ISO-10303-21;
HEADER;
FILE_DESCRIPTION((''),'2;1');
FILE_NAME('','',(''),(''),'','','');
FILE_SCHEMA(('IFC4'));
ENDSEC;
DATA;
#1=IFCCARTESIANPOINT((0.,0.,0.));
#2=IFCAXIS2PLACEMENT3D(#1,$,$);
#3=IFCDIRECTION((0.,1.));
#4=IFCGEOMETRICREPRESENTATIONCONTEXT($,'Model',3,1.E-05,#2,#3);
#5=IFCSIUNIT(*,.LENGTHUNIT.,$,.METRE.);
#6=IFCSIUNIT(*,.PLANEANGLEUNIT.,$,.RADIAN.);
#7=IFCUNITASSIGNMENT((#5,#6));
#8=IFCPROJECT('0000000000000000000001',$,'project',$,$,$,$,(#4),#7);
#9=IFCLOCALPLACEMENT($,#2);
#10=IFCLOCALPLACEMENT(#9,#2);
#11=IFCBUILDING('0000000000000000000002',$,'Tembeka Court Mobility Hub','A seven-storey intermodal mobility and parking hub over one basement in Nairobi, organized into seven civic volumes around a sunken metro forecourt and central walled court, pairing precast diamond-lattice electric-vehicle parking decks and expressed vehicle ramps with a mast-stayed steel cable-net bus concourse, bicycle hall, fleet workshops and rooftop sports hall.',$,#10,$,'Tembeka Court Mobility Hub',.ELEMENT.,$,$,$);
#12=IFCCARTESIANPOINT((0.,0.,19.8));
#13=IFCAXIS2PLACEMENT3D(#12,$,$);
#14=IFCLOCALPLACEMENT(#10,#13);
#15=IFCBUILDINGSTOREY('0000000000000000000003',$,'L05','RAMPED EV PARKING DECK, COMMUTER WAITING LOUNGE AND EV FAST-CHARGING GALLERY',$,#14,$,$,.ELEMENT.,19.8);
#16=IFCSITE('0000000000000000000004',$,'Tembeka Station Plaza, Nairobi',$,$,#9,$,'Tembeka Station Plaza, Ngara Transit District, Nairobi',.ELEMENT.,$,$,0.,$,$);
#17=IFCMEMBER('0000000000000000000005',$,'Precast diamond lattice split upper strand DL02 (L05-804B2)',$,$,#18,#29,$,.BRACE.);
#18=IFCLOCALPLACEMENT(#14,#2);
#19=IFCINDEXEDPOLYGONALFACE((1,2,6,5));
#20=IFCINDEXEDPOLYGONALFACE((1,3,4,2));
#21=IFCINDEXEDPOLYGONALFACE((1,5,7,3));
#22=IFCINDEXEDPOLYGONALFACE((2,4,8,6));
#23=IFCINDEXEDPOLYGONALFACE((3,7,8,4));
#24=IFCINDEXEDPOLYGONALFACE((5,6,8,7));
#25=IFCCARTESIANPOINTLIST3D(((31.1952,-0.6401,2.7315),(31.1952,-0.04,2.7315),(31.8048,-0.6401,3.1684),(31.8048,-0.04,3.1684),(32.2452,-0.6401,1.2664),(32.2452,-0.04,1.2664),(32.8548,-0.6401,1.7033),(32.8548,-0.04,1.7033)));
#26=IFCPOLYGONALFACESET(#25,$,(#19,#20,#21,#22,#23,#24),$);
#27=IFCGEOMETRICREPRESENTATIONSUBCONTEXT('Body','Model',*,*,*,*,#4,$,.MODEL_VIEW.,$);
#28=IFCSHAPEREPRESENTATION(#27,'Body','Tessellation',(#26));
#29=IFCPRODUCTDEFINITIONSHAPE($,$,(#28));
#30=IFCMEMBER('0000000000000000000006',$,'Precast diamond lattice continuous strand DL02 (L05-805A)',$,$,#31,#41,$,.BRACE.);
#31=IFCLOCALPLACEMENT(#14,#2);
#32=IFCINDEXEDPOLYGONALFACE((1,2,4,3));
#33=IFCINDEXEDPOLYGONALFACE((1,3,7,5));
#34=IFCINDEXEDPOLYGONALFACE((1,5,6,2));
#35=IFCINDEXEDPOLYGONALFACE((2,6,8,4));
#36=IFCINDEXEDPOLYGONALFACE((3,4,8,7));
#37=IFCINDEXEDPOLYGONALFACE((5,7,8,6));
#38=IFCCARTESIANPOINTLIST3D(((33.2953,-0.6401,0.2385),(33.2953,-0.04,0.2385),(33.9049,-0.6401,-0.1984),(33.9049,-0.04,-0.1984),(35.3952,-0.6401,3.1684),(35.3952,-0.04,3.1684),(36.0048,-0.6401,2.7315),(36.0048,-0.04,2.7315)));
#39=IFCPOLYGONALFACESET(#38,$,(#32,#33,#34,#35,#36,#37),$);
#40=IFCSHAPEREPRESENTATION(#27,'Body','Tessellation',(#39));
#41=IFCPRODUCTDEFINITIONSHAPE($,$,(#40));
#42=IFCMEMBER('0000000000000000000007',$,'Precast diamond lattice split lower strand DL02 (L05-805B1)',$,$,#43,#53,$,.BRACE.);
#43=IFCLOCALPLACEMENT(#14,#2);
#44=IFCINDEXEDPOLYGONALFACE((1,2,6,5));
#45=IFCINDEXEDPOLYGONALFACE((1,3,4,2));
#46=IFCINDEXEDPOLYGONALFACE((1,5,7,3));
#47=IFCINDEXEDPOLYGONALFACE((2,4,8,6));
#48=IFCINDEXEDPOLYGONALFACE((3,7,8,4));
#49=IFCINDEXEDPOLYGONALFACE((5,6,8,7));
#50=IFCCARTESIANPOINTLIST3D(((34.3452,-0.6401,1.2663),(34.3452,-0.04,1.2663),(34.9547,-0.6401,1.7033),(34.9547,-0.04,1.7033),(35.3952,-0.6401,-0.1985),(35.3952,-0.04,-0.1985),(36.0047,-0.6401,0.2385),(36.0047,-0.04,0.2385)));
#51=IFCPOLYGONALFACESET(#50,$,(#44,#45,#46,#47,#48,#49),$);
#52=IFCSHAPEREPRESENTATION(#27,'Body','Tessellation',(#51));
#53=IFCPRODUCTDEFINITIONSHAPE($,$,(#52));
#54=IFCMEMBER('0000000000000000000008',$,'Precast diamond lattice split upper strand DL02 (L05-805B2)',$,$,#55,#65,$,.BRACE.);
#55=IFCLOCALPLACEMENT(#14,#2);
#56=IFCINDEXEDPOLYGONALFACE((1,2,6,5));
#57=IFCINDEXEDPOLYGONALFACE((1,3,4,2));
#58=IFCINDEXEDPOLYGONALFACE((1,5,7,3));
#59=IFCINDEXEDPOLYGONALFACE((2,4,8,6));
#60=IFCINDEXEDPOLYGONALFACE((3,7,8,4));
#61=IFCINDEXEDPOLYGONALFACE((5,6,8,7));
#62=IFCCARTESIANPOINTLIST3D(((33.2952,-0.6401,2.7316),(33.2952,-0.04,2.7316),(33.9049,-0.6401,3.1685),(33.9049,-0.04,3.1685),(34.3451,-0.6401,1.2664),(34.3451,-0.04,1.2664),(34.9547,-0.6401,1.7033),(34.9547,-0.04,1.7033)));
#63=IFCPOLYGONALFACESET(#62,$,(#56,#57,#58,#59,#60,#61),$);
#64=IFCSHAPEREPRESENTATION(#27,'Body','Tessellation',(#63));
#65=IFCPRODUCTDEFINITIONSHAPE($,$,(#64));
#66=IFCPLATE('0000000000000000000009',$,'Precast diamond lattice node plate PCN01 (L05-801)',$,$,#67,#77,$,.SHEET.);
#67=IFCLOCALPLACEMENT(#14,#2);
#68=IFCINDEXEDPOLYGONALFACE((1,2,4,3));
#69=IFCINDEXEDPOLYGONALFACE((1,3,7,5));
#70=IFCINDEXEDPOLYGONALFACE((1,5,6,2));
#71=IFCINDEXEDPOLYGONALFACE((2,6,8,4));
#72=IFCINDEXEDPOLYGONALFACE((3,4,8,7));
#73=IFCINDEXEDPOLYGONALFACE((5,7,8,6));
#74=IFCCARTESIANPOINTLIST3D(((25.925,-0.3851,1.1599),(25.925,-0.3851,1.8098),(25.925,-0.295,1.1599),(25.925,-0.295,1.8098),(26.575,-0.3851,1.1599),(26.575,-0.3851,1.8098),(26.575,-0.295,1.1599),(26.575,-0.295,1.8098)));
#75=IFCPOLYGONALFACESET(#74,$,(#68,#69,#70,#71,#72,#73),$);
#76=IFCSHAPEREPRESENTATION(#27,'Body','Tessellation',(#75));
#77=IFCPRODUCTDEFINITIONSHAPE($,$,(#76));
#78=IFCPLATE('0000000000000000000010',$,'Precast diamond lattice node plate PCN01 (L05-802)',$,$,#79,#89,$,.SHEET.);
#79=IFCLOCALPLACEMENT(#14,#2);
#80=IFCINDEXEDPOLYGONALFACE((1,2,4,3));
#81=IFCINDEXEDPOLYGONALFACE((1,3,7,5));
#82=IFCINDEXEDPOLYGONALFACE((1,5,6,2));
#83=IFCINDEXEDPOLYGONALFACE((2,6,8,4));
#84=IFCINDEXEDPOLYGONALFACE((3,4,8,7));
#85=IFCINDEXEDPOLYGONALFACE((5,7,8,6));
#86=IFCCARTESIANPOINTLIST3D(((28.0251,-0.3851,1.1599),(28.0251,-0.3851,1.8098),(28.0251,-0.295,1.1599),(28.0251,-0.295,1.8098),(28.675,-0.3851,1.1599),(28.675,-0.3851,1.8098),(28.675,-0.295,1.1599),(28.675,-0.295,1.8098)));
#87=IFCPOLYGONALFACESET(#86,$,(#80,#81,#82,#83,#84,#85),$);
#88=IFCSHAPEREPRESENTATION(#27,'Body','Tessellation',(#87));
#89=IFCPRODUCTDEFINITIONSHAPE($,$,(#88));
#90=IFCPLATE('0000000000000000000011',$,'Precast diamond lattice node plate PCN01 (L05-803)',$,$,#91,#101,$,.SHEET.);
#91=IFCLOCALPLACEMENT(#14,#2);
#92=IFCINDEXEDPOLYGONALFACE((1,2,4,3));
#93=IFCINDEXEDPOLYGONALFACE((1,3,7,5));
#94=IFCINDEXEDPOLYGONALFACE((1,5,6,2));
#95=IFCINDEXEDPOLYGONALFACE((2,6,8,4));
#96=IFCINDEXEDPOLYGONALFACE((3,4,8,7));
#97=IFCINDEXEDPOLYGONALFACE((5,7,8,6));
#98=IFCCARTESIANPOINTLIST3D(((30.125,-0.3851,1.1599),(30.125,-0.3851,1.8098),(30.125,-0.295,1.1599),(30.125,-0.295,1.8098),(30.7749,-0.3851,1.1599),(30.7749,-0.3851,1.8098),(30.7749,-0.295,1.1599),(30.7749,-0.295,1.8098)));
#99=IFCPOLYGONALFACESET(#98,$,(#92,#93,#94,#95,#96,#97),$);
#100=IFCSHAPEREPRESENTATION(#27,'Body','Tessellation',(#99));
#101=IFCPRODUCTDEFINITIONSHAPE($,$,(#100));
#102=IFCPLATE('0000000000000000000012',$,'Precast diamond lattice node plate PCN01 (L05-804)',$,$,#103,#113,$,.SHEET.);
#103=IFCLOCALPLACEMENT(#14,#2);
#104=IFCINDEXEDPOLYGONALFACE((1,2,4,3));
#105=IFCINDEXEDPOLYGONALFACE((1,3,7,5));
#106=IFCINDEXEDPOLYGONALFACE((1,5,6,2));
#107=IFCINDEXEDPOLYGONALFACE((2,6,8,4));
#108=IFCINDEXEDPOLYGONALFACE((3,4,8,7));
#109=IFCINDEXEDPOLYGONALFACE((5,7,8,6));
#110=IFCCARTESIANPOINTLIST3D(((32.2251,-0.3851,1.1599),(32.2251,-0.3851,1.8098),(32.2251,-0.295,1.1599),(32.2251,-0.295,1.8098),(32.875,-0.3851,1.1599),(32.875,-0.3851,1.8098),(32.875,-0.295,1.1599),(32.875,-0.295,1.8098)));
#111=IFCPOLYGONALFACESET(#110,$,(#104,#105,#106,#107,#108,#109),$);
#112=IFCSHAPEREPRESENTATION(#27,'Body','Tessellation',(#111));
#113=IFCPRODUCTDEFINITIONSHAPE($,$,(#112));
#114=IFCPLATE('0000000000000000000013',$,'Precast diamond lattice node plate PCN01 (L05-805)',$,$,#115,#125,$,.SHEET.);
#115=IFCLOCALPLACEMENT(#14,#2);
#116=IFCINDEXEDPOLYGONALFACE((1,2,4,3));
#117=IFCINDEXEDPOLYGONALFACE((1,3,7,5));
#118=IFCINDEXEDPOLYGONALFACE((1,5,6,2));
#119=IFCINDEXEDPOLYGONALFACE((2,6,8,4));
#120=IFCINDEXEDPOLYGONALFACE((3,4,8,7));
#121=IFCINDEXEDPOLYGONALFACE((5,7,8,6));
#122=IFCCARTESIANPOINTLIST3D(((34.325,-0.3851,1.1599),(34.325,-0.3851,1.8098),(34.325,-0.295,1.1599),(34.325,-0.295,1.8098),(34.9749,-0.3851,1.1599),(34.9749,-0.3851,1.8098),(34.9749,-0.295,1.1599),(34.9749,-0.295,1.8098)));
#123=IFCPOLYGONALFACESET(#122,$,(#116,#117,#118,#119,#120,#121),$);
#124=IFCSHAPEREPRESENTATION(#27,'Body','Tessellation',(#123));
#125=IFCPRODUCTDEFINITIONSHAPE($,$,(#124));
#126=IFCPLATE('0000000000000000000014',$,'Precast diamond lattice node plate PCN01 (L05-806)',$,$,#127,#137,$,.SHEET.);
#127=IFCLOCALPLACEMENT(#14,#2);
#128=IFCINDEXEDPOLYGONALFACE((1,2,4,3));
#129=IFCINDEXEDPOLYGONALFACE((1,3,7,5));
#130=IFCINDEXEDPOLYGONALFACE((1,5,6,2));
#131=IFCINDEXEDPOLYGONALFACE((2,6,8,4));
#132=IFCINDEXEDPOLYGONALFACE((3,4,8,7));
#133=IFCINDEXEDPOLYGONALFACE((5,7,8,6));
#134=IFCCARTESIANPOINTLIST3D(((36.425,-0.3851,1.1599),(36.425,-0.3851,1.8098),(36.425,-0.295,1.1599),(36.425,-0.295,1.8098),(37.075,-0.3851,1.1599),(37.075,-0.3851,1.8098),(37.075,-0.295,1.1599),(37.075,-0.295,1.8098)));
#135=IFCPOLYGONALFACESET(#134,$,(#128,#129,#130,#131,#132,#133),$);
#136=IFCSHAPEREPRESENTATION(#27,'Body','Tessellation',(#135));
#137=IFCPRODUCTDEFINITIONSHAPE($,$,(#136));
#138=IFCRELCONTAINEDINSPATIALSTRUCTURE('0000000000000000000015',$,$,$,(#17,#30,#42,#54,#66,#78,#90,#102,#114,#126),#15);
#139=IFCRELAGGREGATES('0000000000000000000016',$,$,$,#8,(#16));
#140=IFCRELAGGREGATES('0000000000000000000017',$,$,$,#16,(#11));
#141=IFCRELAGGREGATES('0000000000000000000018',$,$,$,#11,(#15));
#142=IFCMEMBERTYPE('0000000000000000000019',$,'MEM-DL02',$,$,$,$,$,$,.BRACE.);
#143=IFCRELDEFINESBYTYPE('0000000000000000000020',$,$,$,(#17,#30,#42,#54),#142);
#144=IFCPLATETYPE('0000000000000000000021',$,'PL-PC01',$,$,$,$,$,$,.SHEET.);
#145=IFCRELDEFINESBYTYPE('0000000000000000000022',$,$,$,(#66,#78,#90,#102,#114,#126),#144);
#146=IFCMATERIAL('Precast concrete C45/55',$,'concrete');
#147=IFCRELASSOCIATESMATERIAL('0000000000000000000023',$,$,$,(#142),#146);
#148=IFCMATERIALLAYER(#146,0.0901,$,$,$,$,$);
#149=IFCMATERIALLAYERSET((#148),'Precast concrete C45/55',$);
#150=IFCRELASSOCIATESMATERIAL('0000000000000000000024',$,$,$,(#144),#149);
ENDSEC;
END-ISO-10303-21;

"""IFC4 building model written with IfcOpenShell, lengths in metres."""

from ifc_helpers import new_model, si_unit, direction, frame, origin, origin_2d, place, context, subcontext, project, spatial, rectangle, extrude, material, layer, layer_set, material_profile, profile_set, type_object, element, save


model = new_model("IFC4")

# Units and contexts
model_context = context("Model", 3, precision=1e-05, world=origin(), true_north=direction((0.0, 1.0)))
body_context = subcontext(model_context, "Body", "Model", "MODEL_VIEW")
ifc_project = project(units=[si_unit("LENGTHUNIT", "METRE"), si_unit("PLANEANGLEUNIT", "RADIAN")], contexts=[model_context])

# Site, building, storey
site_placement = place(None, origin())
site = spatial("IfcSite", under=ifc_project, at=site_placement, Name="Tembeka Station Plaza, Nairobi", LongName="Tembeka Station Plaza, Ngara Transit District, Nairobi", CompositionType="ELEMENT", RefElevation=0.0)
building_placement = place(site_placement, origin())
building = spatial("IfcBuilding", under=site, at=building_placement, Name="Tembeka Court Mobility Hub", Description="A seven-storey intermodal mobility and parking hub over one basement in Nairobi, organized into seven civic volumes around a sunken metro forecourt and central walled court, pairing precast diamond-lattice electric-vehicle parking decks and expressed vehicle ramps with a mast-stayed steel cable-net bus concourse, bicycle hall, fleet workshops and rooftop sports hall.", LongName="Tembeka Court Mobility Hub", CompositionType="ELEMENT")
storey_placement = place(building_placement, frame((0.0, 0.0, 19.8)))
storey = spatial("IfcBuildingStorey", under=building, at=storey_placement, Name="L05", Description="RAMPED EV PARKING DECK, COMMUTER WAITING LOUNGE AND EV FAST-CHARGING GALLERY", CompositionType="ELEMENT", Elevation=19.8)

# Members
ifc_material = material(Name="Precast concrete C45/55", Category="concrete")
ifc_material_profile_1 = material_profile(ifc_material, rectangle(XDim=0.6001, YDim=0.75, at=origin_2d()), Name="PC-DIAG 600x750")
ifc_profile_set_1 = profile_set([ifc_material_profile_1], Name="Precast concrete C45/55")
member_type_1 = type_object("IfcMemberType", Name="MEM-DL02", PredefinedType="BRACE", material=ifc_profile_set_1)
member_1_placement = place(storey_placement, frame((32.55, -0.3401, 1.4849), z_axis=(-0.582544, 0.0, 0.812799), x_axis=(0.0, -1.0, 0.0)))
element("IfcMember", 1, at=member_1_placement, inside=storey, type_object=member_type_1, Name="Precast diamond lattice split upper strand DL02 (L05-804B2)", PredefinedType="BRACE", context=body_context, shape_type="SweptSolid", body=[
    extrude(rectangle(XDim=0.6001, YDim=0.75, at=origin_2d()), origin(), (0.0, 0.0, 1.0), 1.8025),
])
member_2_placement = place(storey_placement, frame((33.6001, -0.3401, 0.02), z_axis=(0.582532, 0.0, 0.812808), x_axis=(0.0, 1.0, 0.0)))
element("IfcMember", 2, at=member_2_placement, inside=storey, type_object=member_type_1, Name="Precast diamond lattice continuous strand DL02 (L05-805A)", PredefinedType="BRACE", context=body_context, shape_type="SweptSolid", body=[
    extrude(rectangle(XDim=0.6001, YDim=0.75, at=origin_2d()), origin(), (0.0, 0.0, 1.0), 3.6047),
])
member_3_placement = place(storey_placement, frame((35.7, -0.3401, 0.02), z_axis=(-0.582608, 0.0, 0.812753), x_axis=(0.0, -1.0, 0.0)))
element("IfcMember", 3, at=member_3_placement, inside=storey, type_object=member_type_1, Name="Precast diamond lattice split lower strand DL02 (L05-805B1)", PredefinedType="BRACE", context=body_context, shape_type="SweptSolid", body=[
    extrude(rectangle(XDim=0.6001, YDim=0.75, at=origin_2d()), origin(), (0.0, 0.0, 1.0), 1.8022),
])
member_4_placement = place(storey_placement, frame((34.6499, -0.3401, 1.4849), z_axis=(-0.582455, 0.0, 0.812863), x_axis=(0.0, -1.0, 0.0)))
element("IfcMember", 4, at=member_4_placement, inside=storey, type_object=member_type_1, Name="Precast diamond lattice split upper strand DL02 (L05-805B2)", PredefinedType="BRACE", context=body_context, shape_type="SweptSolid", body=[
    extrude(rectangle(XDim=0.6001, YDim=0.75, at=origin_2d()), origin(), (0.0, 0.0, 1.0), 1.8025),
])

# Plates
ifc_layer = layer(ifc_material, 0.0901)
ifc_layer_set = layer_set([ifc_layer], Name="Precast concrete C45/55")
plate_type = type_object("IfcPlateType", Name="PL-PC01", PredefinedType="SHEET", material=ifc_layer_set)
for number, where, z_axis, x_axis, name in (
    (5, (26.25, -0.3401, 1.1599), (0.0, 0.0, 1.0), (1.0, 0.0, 0.0), "Precast diamond lattice node plate PCN01 (L05-801)"),
    (6, (28.3501, -0.3401, 1.1599), (0.0, 0.0, 1.0), (1.0, 0.0, 0.0), "Precast diamond lattice node plate PCN01 (L05-802)"),
    (7, (30.45, -0.3401, 1.1599), (0.0, 0.0, 1.0), (1.0, 0.0, 0.0), "Precast diamond lattice node plate PCN01 (L05-803)"),
    (8, (32.55, -0.3401, 1.1599), (0.0, 0.0, 1.0), (1.0, 0.0, 0.0), "Precast diamond lattice node plate PCN01 (L05-804)"),
    (9, (34.6499, -0.3401, 1.1599), (0.0, 0.0, 1.0), (1.0, 0.0, 0.0), "Precast diamond lattice node plate PCN01 (L05-805)"),
    (10, (36.75, -0.3401, 1.1599), (0.0, 0.0, 1.0), (1.0, 0.0, 0.0), "Precast diamond lattice node plate PCN01 (L05-806)"),
):
    element("IfcPlate", number, at=place(storey_placement, frame(where, z_axis=z_axis, x_axis=x_axis)), inside=storey, type_object=plate_type, Name=name, PredefinedType="SHEET", context=body_context, shape_type="SweptSolid", body=[
        extrude(rectangle(XDim=0.6499, YDim=0.0901, at=origin_2d()), origin(), (0.0, 0.0, 1.0), 0.6499),
    ])

save(model, "model.ifc")
